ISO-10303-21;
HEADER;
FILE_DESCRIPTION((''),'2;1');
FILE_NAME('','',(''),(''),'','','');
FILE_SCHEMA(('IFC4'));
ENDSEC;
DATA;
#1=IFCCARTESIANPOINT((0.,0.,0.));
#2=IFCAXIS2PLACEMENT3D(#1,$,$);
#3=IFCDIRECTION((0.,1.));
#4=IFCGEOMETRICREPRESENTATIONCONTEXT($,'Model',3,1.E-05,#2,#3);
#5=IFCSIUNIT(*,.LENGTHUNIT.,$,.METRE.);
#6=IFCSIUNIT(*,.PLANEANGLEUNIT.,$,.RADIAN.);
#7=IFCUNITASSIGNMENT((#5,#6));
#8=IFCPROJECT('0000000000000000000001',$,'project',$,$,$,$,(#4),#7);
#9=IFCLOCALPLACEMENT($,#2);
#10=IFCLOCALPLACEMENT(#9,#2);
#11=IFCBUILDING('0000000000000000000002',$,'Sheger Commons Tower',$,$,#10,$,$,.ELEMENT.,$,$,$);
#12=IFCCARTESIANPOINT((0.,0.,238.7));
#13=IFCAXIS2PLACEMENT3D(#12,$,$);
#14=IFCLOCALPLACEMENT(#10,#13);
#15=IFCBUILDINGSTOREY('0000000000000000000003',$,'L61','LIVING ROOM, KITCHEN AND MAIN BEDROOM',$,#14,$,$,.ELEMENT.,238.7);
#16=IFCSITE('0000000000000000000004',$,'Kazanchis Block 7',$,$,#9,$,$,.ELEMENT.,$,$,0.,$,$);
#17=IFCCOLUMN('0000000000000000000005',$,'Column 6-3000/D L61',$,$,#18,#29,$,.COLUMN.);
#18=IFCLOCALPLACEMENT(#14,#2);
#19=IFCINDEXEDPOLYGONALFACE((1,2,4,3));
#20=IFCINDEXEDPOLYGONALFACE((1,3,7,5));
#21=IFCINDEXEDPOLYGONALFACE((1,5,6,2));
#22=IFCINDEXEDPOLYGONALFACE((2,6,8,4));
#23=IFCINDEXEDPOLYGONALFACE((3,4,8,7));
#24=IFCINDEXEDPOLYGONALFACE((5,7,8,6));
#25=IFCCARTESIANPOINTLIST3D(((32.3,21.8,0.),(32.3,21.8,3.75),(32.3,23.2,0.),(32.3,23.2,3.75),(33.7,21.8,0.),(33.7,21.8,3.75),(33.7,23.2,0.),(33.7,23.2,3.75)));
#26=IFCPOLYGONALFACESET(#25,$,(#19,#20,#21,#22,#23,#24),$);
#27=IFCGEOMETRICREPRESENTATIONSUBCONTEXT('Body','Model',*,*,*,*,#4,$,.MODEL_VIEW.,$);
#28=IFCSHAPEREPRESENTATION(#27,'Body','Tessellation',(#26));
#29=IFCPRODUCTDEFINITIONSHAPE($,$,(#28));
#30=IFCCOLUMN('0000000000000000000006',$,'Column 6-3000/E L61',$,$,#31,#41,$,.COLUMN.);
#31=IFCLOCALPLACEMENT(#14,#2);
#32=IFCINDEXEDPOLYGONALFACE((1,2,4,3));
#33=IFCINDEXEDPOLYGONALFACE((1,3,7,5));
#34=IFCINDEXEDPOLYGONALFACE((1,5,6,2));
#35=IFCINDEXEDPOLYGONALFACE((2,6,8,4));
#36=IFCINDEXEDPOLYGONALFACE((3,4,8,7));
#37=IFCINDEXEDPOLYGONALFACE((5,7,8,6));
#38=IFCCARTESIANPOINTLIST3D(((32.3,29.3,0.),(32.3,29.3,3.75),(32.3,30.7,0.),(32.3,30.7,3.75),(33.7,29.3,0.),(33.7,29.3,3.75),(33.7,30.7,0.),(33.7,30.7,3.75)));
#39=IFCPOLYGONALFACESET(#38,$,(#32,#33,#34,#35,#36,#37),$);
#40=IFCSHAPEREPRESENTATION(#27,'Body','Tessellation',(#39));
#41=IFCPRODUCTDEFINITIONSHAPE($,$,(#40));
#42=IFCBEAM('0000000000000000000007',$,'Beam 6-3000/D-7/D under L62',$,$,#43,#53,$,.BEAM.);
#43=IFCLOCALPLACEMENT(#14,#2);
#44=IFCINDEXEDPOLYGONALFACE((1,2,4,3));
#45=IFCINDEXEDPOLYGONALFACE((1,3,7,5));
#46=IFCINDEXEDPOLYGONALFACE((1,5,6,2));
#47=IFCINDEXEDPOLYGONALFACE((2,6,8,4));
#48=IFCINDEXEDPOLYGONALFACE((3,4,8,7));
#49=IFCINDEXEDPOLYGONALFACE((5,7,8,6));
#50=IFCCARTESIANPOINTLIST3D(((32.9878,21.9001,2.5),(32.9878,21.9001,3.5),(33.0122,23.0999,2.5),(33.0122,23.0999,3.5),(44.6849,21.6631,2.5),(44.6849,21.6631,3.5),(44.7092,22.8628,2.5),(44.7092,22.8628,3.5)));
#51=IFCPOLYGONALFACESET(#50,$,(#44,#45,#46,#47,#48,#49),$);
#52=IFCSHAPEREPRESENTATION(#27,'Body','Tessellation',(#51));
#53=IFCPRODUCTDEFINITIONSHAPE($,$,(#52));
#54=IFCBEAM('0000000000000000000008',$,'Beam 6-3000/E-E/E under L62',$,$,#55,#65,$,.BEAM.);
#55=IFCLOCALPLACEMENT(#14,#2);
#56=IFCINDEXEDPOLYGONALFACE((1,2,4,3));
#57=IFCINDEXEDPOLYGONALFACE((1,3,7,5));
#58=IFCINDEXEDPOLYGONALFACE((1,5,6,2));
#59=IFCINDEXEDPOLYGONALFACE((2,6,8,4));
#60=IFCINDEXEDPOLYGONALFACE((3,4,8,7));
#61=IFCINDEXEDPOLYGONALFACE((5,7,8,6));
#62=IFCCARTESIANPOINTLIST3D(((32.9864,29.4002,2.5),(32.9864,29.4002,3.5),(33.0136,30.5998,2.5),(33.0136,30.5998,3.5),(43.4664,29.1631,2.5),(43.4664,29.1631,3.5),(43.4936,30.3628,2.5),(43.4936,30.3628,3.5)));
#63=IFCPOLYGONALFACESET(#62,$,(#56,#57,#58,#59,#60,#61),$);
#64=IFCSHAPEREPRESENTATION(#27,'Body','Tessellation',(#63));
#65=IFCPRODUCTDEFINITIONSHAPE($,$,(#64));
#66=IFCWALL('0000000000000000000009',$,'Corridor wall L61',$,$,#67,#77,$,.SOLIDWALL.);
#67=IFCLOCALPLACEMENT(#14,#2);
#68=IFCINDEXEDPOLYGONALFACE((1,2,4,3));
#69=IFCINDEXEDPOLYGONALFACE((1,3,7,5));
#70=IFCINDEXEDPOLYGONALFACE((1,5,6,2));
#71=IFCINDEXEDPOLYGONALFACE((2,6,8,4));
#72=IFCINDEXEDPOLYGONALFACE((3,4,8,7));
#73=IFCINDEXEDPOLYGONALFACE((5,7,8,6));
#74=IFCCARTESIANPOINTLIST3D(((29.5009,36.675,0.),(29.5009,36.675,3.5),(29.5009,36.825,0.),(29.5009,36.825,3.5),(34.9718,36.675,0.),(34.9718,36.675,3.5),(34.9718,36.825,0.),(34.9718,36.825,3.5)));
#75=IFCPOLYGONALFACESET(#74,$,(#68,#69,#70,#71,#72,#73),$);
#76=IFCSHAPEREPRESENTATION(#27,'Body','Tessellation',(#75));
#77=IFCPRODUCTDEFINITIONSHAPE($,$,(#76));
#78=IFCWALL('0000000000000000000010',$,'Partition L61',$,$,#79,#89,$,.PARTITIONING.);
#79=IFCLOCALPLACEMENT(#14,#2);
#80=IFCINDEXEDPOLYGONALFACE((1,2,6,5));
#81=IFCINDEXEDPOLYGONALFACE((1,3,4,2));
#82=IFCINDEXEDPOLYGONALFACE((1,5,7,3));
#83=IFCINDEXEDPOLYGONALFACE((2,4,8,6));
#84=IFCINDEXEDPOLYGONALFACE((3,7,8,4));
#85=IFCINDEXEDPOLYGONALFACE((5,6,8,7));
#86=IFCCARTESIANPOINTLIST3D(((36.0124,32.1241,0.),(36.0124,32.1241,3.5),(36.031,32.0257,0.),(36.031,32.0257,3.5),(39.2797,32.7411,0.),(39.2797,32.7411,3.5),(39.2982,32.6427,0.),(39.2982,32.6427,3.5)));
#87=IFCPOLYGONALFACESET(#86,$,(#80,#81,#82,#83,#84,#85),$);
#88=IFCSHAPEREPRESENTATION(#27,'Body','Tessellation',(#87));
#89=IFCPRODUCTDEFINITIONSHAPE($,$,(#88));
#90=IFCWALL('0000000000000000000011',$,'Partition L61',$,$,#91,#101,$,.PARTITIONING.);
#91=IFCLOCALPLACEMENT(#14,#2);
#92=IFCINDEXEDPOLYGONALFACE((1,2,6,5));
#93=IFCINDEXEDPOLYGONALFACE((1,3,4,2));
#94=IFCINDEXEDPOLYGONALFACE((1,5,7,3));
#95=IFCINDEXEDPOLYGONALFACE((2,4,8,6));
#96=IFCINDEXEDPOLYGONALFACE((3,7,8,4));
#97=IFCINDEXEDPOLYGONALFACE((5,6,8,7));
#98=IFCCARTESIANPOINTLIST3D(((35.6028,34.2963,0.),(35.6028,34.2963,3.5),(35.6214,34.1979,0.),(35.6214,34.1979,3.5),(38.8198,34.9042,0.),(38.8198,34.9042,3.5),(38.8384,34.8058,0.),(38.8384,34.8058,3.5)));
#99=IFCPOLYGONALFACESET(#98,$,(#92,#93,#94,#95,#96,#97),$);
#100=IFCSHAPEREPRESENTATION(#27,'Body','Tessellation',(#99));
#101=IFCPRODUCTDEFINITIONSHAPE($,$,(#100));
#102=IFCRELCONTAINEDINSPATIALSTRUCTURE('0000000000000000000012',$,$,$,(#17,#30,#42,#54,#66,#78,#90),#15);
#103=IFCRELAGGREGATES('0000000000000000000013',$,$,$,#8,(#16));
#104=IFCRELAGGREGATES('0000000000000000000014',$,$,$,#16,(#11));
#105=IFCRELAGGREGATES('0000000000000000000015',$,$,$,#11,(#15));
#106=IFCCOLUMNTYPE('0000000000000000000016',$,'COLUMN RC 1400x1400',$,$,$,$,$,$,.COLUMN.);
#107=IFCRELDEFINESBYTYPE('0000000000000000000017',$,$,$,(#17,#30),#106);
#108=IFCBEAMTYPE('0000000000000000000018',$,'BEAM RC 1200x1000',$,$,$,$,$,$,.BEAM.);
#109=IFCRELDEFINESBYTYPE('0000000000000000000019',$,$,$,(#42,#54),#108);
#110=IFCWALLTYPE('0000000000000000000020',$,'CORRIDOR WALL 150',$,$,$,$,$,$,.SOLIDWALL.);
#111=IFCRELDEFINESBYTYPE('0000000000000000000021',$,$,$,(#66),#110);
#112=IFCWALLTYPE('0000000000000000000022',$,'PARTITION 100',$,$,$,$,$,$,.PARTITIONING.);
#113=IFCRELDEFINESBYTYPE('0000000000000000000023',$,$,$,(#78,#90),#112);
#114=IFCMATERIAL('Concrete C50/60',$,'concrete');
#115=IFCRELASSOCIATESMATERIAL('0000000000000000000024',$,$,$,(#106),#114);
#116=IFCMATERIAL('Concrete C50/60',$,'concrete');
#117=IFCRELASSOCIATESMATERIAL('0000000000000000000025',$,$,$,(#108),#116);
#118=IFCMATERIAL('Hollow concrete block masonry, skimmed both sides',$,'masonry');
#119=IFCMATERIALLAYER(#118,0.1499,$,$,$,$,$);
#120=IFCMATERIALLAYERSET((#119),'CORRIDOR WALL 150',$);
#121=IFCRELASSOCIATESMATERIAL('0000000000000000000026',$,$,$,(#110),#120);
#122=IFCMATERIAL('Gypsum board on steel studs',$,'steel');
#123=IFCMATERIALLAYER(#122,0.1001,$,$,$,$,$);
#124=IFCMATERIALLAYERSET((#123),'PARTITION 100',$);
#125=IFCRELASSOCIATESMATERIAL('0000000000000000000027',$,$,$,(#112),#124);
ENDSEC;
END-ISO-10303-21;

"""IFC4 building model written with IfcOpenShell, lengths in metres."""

from ifc_helpers import new_model, si_unit, direction, frame, frame_2d, origin, origin_2d, place, context, subcontext, project, spatial, rectangle, extrude, material, layer, layer_set, material_profile, profile_set, type_object, element, save


model = new_model("IFC4")

# Units and contexts
model_context = context("Model", 3, precision=1e-05, world=origin(), true_north=direction((0.0, 1.0)))
body_context = subcontext(model_context, "Body", "Model", "MODEL_VIEW")
ifc_project = project(units=[si_unit("LENGTHUNIT", "METRE"), si_unit("PLANEANGLEUNIT", "RADIAN")], contexts=[model_context])

# Site, building, storey
site_placement = place(None, origin())
site = spatial("IfcSite", under=ifc_project, at=site_placement, Name="Kazanchis Block 7", CompositionType="ELEMENT", RefElevation=0.0)
building_placement = place(site_placement, origin())
building = spatial("IfcBuilding", under=site, at=building_placement, Name="Sheger Commons Tower", CompositionType="ELEMENT")
storey_placement = place(building_placement, frame((0.0, 0.0, 238.7)))
storey = spatial("IfcBuildingStorey", under=building, at=storey_placement, Name="L61", Description="LIVING ROOM, KITCHEN AND MAIN BEDROOM", CompositionType="ELEMENT", Elevation=238.7)

# Columns
ifc_material_1 = material(Name="Concrete C50/60", Category="concrete")
ifc_material_profile_1 = material_profile(ifc_material_1, rectangle(XDim=1.3999, YDim=1.3999, at=origin_2d()), Name="RC 1400x1400")
ifc_profile_set_1 = profile_set([ifc_material_profile_1], Name="Concrete C50/60")
column_type = type_object("IfcColumnType", Name="COLUMN RC 1400x1400", PredefinedType="COLUMN", material=ifc_profile_set_1)
for number, where, z_axis, x_axis, name in (
    (1, (33.0, 22.5, 0.0), (0.0, 0.0, 1.0), (1.0, 0.0, 0.0), "Column 6-3000/D L61"),
    (2, (33.0, 30.0, 0.0), (0.0, 0.0, 1.0), (1.0, 0.0, 0.0), "Column 6-3000/E L61"),
):
    element("IfcColumn", number, at=place(storey_placement, frame(where, z_axis=z_axis, x_axis=x_axis)), inside=storey, type_object=column_type, Name=name, PredefinedType="COLUMN", context=body_context, shape_type="SweptSolid", body=[
        extrude(rectangle(XDim=1.3999, YDim=1.3999, at=origin_2d()), origin(), (0.0, 0.0, 1.0), 3.75),
    ])

# Beams
ifc_material_2 = material(Name="Concrete C50/60", Category="concrete")
ifc_material_profile_2 = material_profile(ifc_material_2, rectangle(XDim=1.2, YDim=1.0, at=origin_2d()), Name="RC 1200x1000")
ifc_profile_set_2 = profile_set([ifc_material_profile_2], Name="Concrete C50/60")
beam_type = type_object("IfcBeamType", Name="BEAM RC 1200x1000", PredefinedType="BEAM", material=ifc_profile_set_2)
beam_1_placement = place(storey_placement, frame((33.0, 22.5, 3.0), z_axis=(0.999795, -0.020263, 0.0), x_axis=(0.020263, 0.999795, 0.0)))
element("IfcBeam", 3, at=beam_1_placement, inside=storey, type_object=beam_type, Name="Beam 6-3000/D-7/D under L62", PredefinedType="BEAM", context=body_context, shape_type="SweptSolid", body=[
    extrude(rectangle(XDim=1.2, YDim=1.0, at=origin_2d()), origin(), (0.0, 0.0, 1.0), 11.6995),
])
beam_2_placement = place(storey_placement, frame((33.0, 30.0, 3.0), z_axis=(0.999744, -0.022615, 0.0), x_axis=(0.022615, 0.999744, 0.0)))
element("IfcBeam", 4, at=beam_2_placement, inside=storey, type_object=beam_type, Name="Beam 6-3000/E-E/E under L62", PredefinedType="BEAM", context=body_context, shape_type="SweptSolid", body=[
    extrude(rectangle(XDim=1.2, YDim=1.0, at=origin_2d()), origin(), (0.0, 0.0, 1.0), 10.4827),
])

# Walls
ifc_material_3 = material(Name="Hollow concrete block masonry, skimmed both sides", Category="masonry")
ifc_layer_1 = layer(ifc_material_3, 0.1499)
ifc_layer_set_1 = layer_set([ifc_layer_1], Name="CORRIDOR WALL 150")
wall_type_1 = type_object("IfcWallType", Name="CORRIDOR WALL 150", PredefinedType="SOLIDWALL", material=ifc_layer_set_1)
wall_1_placement = place(storey_placement, frame((29.501, 36.75, 0.0), z_axis=(0.0, 0.0, 1.0), x_axis=(1.0, 0.0, 0.0)))
element("IfcWall", 5, at=wall_1_placement, inside=storey, type_object=wall_type_1, Name="Corridor wall L61", PredefinedType="SOLIDWALL", context=body_context, shape_type="SweptSolid", body=[
    extrude(rectangle(XDim=5.4709, YDim=0.1499, at=frame_2d((2.7354, 0.0))), origin(), (0.0, 0.0, 1.0), 3.5),
])
ifc_material_4 = material(Name="Gypsum board on steel studs", Category="steel")
ifc_layer_2 = layer(ifc_material_4, 0.1001)
ifc_layer_set_2 = layer_set([ifc_layer_2], Name="PARTITION 100")
wall_type_2 = type_object("IfcWallType", Name="PARTITION 100", PredefinedType="PARTITIONING", material=ifc_layer_set_2)
wall_2_placement = place(storey_placement, frame((39.2891, 32.6919, 0.0), z_axis=(0.0, 0.0, 1.0), x_axis=(-0.982634, -0.185556, 0.0)))
element("IfcWall", 6, at=wall_2_placement, inside=storey, type_object=wall_type_2, Name="Partition L61", PredefinedType="PARTITIONING", context=body_context, shape_type="SweptSolid", body=[
    extrude(rectangle(XDim=3.325, YDim=0.1001, at=frame_2d((1.6626, 0.0))), origin(), (0.0, 0.0, 1.0), 3.5),
])
wall_3_placement = place(storey_placement, frame((38.8291, 34.855, 0.0), z_axis=(0.0, 0.0, 1.0), x_axis=(-0.98261, -0.18568, 0.0)))
element("IfcWall", 7, at=wall_3_placement, inside=storey, type_object=wall_type_2, Name="Partition L61", PredefinedType="PARTITIONING", context=body_context, shape_type="SweptSolid", body=[
    extrude(rectangle(XDim=3.2739, YDim=0.1001, at=frame_2d((1.637, 0.0))), origin(), (0.0, 0.0, 1.0), 3.5),
])

save(model, "model.ifc")
